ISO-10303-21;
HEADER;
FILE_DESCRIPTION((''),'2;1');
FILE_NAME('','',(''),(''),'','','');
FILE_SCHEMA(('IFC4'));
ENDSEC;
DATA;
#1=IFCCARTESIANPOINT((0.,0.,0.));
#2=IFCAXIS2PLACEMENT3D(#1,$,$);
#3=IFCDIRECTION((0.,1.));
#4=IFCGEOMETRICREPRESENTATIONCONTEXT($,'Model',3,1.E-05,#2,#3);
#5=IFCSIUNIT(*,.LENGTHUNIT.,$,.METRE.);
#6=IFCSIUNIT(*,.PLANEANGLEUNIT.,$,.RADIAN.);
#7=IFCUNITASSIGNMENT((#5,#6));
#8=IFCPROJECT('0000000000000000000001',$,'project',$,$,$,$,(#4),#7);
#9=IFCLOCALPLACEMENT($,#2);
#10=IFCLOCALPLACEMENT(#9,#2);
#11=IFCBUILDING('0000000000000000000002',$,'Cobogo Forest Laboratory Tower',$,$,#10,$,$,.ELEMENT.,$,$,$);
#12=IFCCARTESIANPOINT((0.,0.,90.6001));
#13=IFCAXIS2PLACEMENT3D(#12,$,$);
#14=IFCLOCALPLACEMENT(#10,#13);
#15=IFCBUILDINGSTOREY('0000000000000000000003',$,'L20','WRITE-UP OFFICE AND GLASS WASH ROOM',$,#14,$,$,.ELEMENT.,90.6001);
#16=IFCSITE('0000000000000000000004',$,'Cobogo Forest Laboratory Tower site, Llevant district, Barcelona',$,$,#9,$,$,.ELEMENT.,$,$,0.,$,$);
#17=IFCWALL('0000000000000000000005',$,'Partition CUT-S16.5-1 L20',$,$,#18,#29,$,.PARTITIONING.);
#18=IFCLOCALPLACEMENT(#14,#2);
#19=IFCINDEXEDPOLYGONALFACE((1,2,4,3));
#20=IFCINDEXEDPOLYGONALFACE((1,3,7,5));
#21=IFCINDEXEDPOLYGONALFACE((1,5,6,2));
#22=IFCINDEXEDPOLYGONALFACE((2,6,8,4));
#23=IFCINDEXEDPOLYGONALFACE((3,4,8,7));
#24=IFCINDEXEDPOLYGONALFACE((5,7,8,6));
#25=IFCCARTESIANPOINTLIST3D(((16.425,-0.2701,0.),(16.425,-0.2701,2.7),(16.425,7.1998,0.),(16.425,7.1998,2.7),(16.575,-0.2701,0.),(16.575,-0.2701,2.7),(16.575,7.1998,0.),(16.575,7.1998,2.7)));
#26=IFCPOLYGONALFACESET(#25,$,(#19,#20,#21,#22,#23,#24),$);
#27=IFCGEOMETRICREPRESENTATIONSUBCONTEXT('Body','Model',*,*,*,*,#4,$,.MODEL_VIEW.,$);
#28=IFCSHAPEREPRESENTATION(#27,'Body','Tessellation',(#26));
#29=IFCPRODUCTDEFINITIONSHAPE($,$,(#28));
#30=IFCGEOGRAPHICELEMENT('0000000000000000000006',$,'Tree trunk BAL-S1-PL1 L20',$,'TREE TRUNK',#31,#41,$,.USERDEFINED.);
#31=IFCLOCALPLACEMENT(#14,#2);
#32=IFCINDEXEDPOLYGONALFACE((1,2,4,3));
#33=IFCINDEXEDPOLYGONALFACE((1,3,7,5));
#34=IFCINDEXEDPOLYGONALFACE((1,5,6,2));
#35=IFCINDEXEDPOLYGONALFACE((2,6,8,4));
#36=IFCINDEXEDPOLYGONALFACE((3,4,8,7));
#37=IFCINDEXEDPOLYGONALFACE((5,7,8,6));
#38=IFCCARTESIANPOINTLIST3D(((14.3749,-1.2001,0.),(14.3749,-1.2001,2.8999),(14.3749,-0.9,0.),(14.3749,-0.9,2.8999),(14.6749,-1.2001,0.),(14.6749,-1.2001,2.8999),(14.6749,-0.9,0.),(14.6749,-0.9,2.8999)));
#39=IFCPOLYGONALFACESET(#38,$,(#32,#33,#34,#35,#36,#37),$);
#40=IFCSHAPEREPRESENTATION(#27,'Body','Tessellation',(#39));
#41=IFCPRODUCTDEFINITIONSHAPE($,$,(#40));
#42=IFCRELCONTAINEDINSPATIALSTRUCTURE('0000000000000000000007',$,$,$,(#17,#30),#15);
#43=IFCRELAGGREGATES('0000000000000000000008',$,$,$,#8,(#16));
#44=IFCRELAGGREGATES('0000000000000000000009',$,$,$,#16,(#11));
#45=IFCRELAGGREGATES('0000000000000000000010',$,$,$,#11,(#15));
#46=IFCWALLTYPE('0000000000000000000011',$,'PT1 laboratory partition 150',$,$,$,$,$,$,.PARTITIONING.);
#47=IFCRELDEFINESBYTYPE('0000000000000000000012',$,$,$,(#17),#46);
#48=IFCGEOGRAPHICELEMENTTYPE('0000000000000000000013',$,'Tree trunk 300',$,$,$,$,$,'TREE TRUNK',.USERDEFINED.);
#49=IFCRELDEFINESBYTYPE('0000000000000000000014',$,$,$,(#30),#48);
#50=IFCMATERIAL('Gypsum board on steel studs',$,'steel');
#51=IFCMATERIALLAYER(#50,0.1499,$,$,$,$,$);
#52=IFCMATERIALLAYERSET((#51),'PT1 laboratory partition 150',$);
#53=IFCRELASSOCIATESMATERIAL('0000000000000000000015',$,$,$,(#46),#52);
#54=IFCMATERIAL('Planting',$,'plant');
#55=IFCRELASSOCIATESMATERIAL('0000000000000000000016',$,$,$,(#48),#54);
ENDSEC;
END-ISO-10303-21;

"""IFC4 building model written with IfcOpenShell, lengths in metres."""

from ifc_helpers import new_model, si_unit, direction, frame, frame_2d, origin, origin_2d, place, context, subcontext, project, spatial, rectangle, extrude, material, layer, layer_set, type_object, element, save


model = new_model("IFC4")

# Units and contexts
model_context = context("Model", 3, precision=1e-05, world=origin(), true_north=direction((0.0, 1.0)))
body_context = subcontext(model_context, "Body", "Model", "MODEL_VIEW")
ifc_project = project(units=[si_unit("LENGTHUNIT", "METRE"), si_unit("PLANEANGLEUNIT", "RADIAN")], contexts=[model_context])

# Site, building, storey
site_placement = place(None, origin())
site = spatial("IfcSite", under=ifc_project, at=site_placement, Name="Cobogo Forest Laboratory Tower site, Llevant district, Barcelona", CompositionType="ELEMENT", RefElevation=0.0)
building_placement = place(site_placement, origin())
building = spatial("IfcBuilding", under=site, at=building_placement, Name="Cobogo Forest Laboratory Tower", CompositionType="ELEMENT")
storey_placement = place(building_placement, frame((0.0, 0.0, 90.6001)))
storey = spatial("IfcBuildingStorey", under=building, at=storey_placement, Name="L20", Description="WRITE-UP OFFICE AND GLASS WASH ROOM", CompositionType="ELEMENT", Elevation=90.6001)

# Wall
ifc_material_1 = material(Name="Gypsum board on steel studs", Category="steel")
ifc_layer_1 = layer(ifc_material_1, 0.1499)
ifc_layer_set_1 = layer_set([ifc_layer_1], Name="PT1 laboratory partition 150")
wall_type_1 = type_object("IfcWallType", Name="PT1 laboratory partition 150", PredefinedType="PARTITIONING", material=ifc_layer_set_1)
for number, where, z_axis, x_axis, name in (
    (1, (16.5, -0.27, 0.0), (0.0, 0.0, 1.0), (0.0, 1.0, 0.0), "Partition CUT-S16.5-1 L20"),
):
    element("IfcWall", number, at=place(storey_placement, frame(where, z_axis=z_axis, x_axis=x_axis)), inside=storey, type_object=wall_type_1, Name=name, PredefinedType="PARTITIONING", context=body_context, shape_type="SweptSolid", body=[
        extrude(rectangle(XDim=7.47, YDim=0.1499, at=frame_2d((3.7349, 0.0))), origin(), (0.0, 0.0, 1.0), 2.7),
    ])

# Geographic element
ifc_material_2 = material(Name="Planting", Category="plant")
geographic_element_type = type_object("IfcGeographicElementType", Name="Tree trunk 300", ElementType="TREE TRUNK", PredefinedType="USERDEFINED", material=ifc_material_2)
geographic_element_placement = place(storey_placement, frame((14.5249, -1.05, 0.0), z_axis=(0.0, 0.0, 1.0), x_axis=(1.0, 0.0, 0.0)))
element("IfcGeographicElement", 2, at=geographic_element_placement, inside=storey, type_object=geographic_element_type, Name="Tree trunk BAL-S1-PL1 L20", ObjectType="TREE TRUNK", PredefinedType="USERDEFINED", context=body_context, shape_type="SweptSolid", body=[
    extrude(rectangle(XDim=0.3, YDim=0.3, at=origin_2d()), origin(), (0.0, 0.0, 1.0), 2.8999),
])

save(model, "model.ifc")
